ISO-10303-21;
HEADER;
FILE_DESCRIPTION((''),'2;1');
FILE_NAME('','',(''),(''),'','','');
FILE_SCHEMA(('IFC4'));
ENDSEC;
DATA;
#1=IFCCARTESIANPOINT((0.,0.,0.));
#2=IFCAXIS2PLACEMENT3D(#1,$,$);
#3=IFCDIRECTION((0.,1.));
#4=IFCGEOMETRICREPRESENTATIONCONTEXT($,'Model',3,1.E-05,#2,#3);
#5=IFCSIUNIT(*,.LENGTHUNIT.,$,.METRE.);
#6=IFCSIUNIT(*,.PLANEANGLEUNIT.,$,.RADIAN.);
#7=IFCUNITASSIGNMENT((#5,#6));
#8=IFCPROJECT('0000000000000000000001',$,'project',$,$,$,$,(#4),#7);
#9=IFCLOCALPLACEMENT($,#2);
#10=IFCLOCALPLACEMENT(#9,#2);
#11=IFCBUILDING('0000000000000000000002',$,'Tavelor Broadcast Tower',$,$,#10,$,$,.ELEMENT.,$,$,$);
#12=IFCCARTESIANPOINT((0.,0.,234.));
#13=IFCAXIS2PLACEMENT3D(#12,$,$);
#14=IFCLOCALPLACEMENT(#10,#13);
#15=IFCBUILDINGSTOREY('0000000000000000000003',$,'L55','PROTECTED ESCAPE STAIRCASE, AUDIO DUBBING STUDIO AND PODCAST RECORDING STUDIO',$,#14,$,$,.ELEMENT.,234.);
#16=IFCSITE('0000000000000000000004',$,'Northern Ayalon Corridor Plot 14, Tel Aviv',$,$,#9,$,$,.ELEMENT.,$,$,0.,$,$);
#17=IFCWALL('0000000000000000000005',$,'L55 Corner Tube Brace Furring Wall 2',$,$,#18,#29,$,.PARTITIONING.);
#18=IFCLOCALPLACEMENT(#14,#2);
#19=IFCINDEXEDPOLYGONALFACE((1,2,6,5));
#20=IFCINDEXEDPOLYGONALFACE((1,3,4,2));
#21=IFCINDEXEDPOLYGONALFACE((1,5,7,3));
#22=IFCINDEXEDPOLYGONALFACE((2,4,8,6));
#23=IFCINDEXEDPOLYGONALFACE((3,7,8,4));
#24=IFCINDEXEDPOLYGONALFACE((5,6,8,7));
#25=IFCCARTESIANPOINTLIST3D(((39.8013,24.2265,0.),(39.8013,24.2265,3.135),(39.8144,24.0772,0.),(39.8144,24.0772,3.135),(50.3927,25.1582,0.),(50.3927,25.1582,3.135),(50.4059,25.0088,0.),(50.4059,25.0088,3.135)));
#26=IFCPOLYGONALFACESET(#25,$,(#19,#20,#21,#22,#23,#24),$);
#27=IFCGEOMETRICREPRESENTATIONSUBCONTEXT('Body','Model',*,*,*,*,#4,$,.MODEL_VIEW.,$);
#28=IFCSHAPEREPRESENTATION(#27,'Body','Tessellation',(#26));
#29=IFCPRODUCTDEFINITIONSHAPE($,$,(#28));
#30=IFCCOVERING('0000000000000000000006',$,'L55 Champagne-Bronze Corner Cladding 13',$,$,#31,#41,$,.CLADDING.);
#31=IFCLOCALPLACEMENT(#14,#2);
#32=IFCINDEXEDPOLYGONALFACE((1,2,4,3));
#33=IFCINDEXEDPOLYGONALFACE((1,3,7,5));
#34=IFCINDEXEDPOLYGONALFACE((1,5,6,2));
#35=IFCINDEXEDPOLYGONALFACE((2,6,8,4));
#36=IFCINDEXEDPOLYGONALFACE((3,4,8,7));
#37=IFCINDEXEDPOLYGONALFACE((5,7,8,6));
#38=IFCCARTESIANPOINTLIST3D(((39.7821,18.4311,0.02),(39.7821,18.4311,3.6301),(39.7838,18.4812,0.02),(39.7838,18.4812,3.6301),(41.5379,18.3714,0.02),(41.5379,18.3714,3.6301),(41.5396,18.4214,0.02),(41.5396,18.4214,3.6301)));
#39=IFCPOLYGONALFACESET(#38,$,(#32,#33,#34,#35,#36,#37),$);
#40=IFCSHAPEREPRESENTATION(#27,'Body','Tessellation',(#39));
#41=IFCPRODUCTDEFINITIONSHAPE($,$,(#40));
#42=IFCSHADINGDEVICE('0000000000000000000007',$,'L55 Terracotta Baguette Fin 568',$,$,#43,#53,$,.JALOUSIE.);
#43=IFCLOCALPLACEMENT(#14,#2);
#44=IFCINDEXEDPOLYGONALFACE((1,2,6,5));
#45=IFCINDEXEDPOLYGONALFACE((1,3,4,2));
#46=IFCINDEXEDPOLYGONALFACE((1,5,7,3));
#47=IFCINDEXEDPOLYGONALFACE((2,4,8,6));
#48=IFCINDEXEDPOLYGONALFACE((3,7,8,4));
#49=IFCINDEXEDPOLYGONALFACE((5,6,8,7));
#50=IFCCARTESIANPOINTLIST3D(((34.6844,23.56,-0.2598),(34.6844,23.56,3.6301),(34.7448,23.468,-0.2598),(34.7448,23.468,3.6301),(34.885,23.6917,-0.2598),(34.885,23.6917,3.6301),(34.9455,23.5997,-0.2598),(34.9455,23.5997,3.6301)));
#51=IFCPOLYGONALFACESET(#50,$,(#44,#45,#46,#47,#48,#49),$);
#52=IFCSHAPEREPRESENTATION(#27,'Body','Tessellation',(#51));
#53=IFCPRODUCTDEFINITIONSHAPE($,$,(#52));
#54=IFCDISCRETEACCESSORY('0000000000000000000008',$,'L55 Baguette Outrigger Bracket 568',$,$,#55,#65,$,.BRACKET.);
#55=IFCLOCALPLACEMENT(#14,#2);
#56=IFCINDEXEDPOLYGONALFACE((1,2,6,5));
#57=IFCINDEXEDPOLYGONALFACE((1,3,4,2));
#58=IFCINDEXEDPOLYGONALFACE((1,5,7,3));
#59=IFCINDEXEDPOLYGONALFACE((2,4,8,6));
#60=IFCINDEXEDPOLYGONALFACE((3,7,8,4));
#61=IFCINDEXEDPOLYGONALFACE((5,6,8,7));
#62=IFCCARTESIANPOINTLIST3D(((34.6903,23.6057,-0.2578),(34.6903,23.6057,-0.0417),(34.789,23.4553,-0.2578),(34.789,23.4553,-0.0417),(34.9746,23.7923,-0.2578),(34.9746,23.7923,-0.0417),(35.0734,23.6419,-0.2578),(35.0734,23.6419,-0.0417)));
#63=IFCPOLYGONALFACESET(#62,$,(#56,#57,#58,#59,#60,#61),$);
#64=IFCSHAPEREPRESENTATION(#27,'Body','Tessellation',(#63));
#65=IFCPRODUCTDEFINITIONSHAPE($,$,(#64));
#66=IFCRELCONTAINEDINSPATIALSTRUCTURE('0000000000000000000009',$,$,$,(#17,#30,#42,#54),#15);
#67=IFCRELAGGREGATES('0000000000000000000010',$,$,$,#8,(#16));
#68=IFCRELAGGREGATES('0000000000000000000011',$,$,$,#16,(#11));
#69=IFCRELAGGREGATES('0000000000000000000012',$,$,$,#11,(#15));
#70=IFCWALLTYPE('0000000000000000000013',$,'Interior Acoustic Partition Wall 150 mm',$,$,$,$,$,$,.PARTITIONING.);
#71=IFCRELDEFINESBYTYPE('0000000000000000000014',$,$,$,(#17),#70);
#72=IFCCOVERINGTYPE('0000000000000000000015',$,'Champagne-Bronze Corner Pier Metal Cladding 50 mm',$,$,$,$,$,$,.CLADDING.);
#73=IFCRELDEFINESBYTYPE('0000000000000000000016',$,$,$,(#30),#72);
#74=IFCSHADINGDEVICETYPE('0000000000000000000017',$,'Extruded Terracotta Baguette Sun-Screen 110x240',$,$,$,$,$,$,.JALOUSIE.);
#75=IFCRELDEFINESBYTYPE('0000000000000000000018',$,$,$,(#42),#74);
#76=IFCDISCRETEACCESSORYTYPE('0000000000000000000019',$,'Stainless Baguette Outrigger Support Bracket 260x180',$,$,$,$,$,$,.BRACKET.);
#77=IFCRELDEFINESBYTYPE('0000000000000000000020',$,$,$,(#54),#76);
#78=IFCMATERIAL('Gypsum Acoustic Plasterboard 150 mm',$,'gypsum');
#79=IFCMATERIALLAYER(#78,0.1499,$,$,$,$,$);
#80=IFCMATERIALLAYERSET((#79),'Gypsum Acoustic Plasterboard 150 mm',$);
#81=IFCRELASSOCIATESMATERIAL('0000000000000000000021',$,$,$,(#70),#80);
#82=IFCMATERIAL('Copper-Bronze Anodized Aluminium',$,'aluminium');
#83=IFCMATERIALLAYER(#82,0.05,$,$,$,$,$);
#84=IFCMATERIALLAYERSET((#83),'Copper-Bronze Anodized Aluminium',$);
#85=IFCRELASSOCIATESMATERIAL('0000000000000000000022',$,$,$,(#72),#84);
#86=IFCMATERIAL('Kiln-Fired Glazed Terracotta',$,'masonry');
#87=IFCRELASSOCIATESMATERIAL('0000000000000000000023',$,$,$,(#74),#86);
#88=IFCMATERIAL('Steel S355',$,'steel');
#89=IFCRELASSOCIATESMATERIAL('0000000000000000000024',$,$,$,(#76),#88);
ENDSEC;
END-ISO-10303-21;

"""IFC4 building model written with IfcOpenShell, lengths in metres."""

from ifc_helpers import new_model, si_unit, direction, frame, frame_2d, origin, origin_2d, place, context, subcontext, project, spatial, rectangle, extrude, source, transform, mapped, material, layer, layer_set, type_object, type_shapes, element, save


model = new_model("IFC4")

# Units and contexts
model_context = context("Model", 3, precision=1e-05, world=origin(), true_north=direction((0.0, 1.0)))
body_context = subcontext(model_context, "Body", "Model", "MODEL_VIEW")
ifc_project = project(units=[si_unit("LENGTHUNIT", "METRE"), si_unit("PLANEANGLEUNIT", "RADIAN")], contexts=[model_context])

# Site, building, storey
site_placement = place(None, origin())
site = spatial("IfcSite", under=ifc_project, at=site_placement, Name="Northern Ayalon Corridor Plot 14, Tel Aviv", CompositionType="ELEMENT", RefElevation=0.0)
building_placement = place(site_placement, origin())
building = spatial("IfcBuilding", under=site, at=building_placement, Name="Tavelor Broadcast Tower", CompositionType="ELEMENT")
storey_placement = place(building_placement, frame((0.0, 0.0, 234.0)))
storey = spatial("IfcBuildingStorey", under=building, at=storey_placement, Name="L55", Description="PROTECTED ESCAPE STAIRCASE, AUDIO DUBBING STUDIO AND PODCAST RECORDING STUDIO", CompositionType="ELEMENT", Elevation=234.0)

# Shared definitions
ifc_material_1 = material(Name="Steel S355", Category="steel")

# Wall
ifc_material_2 = material(Name="Gypsum Acoustic Plasterboard 150 mm", Category="gypsum")
ifc_layer_1 = layer(ifc_material_2, 0.1499)
ifc_layer_set_1 = layer_set([ifc_layer_1], Name="Gypsum Acoustic Plasterboard 150 mm")
wall_type_1 = type_object("IfcWallType", Name="Interior Acoustic Partition Wall 150 mm", PredefinedType="PARTITIONING", material=ifc_layer_set_1)
wall_1_placement = place(storey_placement, frame((39.8079, 24.1519, 0.0), z_axis=(0.0, 0.0, 1.0), x_axis=(0.996154, 0.087624, 0.0)))
element("IfcWall", 1, at=wall_1_placement, inside=storey, type_object=wall_type_1, Name="L55 Corner Tube Brace Furring Wall 2", PredefinedType="PARTITIONING", context=body_context, shape_type="SweptSolid", body=[
    extrude(rectangle(XDim=10.6323, YDim=0.1499, at=frame_2d((5.3162, 0.0))), origin(), (0.0, 0.0, 1.0), 3.135),
])

# Covering
ifc_material_3 = material(Name="Copper-Bronze Anodized Aluminium", Category="aluminium")
ifc_layer_2 = layer(ifc_material_3, 0.05)
ifc_layer_set_2 = layer_set([ifc_layer_2], Name="Copper-Bronze Anodized Aluminium")
covering_type = type_object("IfcCoveringType", Name="Champagne-Bronze Corner Pier Metal Cladding 50 mm", PredefinedType="CLADDING", material=ifc_layer_set_2)
covering_placement = place(storey_placement, frame((40.6609, 18.4263, 0.02), z_axis=(0.0, 0.0, 1.0), x_axis=(0.999421, -0.034027, 0.0)))
element("IfcCovering", 2, at=covering_placement, inside=storey, type_object=covering_type, Name="L55 Champagne-Bronze Corner Cladding 13", PredefinedType="CLADDING", context=body_context, shape_type="SweptSolid", body=[
    extrude(rectangle(XDim=1.7568, YDim=0.05, at=origin_2d()), origin(), (0.0, 0.0, 1.0), 3.6101),
])

# Shading device
ifc_material_4 = material(Name="Kiln-Fired Glazed Terracotta", Category="masonry")
shading_device_type = type_object("IfcShadingDeviceType", Name="Extruded Terracotta Baguette Sun-Screen 110x240", PredefinedType="JALOUSIE", material=ifc_material_4)
shared_shape_1 = source(origin(), body_context, "Body", "SweptSolid", [
    extrude(rectangle(XDim=0.1101, YDim=0.24, at=origin_2d()), origin(), (0.0, 0.0, 1.0), 3.8899),
])
type_shapes(shading_device_type, [shared_shape_1])
shading_device_placement = place(storey_placement, frame((34.8149, 23.5798, -0.2598), z_axis=(0.0, 0.0, 1.0), x_axis=(0.548731, -0.835999, 0.0)))
element("IfcShadingDevice", 3, at=shading_device_placement, inside=storey, type_object=shading_device_type, Name="L55 Terracotta Baguette Fin 568", PredefinedType="JALOUSIE", context=body_context, shape_type="MappedRepresentation", body=[
    mapped(shared_shape_1, transform((0.0, 0.0, 0.0), scale=1.0)),
])

# Discrete accessory
discrete_accessory_type = type_object("IfcDiscreteAccessoryType", Name="Stainless Baguette Outrigger Support Bracket 260x180", PredefinedType="BRACKET", material=ifc_material_1)
shared_shape_2 = source(origin(), body_context, "Body", "SweptSolid", [
    extrude(rectangle(XDim=0.1799, YDim=0.3401, at=origin_2d()), origin(), (0.0, 0.0, 1.0), 0.2161),
])
type_shapes(discrete_accessory_type, [shared_shape_2])
discrete_accessory_placement = place(storey_placement, frame((34.8818, 23.6238, -0.2578), z_axis=(0.0, 0.0, 1.0), x_axis=(0.548731, -0.835999, 0.0)))
element("IfcDiscreteAccessory", 4, at=discrete_accessory_placement, inside=storey, type_object=discrete_accessory_type, Name="L55 Baguette Outrigger Bracket 568", PredefinedType="BRACKET", context=body_context, shape_type="MappedRepresentation", body=[
    mapped(shared_shape_2, transform((0.0, 0.0, 0.0), scale=1.0)),
])

save(model, "model.ifc")
